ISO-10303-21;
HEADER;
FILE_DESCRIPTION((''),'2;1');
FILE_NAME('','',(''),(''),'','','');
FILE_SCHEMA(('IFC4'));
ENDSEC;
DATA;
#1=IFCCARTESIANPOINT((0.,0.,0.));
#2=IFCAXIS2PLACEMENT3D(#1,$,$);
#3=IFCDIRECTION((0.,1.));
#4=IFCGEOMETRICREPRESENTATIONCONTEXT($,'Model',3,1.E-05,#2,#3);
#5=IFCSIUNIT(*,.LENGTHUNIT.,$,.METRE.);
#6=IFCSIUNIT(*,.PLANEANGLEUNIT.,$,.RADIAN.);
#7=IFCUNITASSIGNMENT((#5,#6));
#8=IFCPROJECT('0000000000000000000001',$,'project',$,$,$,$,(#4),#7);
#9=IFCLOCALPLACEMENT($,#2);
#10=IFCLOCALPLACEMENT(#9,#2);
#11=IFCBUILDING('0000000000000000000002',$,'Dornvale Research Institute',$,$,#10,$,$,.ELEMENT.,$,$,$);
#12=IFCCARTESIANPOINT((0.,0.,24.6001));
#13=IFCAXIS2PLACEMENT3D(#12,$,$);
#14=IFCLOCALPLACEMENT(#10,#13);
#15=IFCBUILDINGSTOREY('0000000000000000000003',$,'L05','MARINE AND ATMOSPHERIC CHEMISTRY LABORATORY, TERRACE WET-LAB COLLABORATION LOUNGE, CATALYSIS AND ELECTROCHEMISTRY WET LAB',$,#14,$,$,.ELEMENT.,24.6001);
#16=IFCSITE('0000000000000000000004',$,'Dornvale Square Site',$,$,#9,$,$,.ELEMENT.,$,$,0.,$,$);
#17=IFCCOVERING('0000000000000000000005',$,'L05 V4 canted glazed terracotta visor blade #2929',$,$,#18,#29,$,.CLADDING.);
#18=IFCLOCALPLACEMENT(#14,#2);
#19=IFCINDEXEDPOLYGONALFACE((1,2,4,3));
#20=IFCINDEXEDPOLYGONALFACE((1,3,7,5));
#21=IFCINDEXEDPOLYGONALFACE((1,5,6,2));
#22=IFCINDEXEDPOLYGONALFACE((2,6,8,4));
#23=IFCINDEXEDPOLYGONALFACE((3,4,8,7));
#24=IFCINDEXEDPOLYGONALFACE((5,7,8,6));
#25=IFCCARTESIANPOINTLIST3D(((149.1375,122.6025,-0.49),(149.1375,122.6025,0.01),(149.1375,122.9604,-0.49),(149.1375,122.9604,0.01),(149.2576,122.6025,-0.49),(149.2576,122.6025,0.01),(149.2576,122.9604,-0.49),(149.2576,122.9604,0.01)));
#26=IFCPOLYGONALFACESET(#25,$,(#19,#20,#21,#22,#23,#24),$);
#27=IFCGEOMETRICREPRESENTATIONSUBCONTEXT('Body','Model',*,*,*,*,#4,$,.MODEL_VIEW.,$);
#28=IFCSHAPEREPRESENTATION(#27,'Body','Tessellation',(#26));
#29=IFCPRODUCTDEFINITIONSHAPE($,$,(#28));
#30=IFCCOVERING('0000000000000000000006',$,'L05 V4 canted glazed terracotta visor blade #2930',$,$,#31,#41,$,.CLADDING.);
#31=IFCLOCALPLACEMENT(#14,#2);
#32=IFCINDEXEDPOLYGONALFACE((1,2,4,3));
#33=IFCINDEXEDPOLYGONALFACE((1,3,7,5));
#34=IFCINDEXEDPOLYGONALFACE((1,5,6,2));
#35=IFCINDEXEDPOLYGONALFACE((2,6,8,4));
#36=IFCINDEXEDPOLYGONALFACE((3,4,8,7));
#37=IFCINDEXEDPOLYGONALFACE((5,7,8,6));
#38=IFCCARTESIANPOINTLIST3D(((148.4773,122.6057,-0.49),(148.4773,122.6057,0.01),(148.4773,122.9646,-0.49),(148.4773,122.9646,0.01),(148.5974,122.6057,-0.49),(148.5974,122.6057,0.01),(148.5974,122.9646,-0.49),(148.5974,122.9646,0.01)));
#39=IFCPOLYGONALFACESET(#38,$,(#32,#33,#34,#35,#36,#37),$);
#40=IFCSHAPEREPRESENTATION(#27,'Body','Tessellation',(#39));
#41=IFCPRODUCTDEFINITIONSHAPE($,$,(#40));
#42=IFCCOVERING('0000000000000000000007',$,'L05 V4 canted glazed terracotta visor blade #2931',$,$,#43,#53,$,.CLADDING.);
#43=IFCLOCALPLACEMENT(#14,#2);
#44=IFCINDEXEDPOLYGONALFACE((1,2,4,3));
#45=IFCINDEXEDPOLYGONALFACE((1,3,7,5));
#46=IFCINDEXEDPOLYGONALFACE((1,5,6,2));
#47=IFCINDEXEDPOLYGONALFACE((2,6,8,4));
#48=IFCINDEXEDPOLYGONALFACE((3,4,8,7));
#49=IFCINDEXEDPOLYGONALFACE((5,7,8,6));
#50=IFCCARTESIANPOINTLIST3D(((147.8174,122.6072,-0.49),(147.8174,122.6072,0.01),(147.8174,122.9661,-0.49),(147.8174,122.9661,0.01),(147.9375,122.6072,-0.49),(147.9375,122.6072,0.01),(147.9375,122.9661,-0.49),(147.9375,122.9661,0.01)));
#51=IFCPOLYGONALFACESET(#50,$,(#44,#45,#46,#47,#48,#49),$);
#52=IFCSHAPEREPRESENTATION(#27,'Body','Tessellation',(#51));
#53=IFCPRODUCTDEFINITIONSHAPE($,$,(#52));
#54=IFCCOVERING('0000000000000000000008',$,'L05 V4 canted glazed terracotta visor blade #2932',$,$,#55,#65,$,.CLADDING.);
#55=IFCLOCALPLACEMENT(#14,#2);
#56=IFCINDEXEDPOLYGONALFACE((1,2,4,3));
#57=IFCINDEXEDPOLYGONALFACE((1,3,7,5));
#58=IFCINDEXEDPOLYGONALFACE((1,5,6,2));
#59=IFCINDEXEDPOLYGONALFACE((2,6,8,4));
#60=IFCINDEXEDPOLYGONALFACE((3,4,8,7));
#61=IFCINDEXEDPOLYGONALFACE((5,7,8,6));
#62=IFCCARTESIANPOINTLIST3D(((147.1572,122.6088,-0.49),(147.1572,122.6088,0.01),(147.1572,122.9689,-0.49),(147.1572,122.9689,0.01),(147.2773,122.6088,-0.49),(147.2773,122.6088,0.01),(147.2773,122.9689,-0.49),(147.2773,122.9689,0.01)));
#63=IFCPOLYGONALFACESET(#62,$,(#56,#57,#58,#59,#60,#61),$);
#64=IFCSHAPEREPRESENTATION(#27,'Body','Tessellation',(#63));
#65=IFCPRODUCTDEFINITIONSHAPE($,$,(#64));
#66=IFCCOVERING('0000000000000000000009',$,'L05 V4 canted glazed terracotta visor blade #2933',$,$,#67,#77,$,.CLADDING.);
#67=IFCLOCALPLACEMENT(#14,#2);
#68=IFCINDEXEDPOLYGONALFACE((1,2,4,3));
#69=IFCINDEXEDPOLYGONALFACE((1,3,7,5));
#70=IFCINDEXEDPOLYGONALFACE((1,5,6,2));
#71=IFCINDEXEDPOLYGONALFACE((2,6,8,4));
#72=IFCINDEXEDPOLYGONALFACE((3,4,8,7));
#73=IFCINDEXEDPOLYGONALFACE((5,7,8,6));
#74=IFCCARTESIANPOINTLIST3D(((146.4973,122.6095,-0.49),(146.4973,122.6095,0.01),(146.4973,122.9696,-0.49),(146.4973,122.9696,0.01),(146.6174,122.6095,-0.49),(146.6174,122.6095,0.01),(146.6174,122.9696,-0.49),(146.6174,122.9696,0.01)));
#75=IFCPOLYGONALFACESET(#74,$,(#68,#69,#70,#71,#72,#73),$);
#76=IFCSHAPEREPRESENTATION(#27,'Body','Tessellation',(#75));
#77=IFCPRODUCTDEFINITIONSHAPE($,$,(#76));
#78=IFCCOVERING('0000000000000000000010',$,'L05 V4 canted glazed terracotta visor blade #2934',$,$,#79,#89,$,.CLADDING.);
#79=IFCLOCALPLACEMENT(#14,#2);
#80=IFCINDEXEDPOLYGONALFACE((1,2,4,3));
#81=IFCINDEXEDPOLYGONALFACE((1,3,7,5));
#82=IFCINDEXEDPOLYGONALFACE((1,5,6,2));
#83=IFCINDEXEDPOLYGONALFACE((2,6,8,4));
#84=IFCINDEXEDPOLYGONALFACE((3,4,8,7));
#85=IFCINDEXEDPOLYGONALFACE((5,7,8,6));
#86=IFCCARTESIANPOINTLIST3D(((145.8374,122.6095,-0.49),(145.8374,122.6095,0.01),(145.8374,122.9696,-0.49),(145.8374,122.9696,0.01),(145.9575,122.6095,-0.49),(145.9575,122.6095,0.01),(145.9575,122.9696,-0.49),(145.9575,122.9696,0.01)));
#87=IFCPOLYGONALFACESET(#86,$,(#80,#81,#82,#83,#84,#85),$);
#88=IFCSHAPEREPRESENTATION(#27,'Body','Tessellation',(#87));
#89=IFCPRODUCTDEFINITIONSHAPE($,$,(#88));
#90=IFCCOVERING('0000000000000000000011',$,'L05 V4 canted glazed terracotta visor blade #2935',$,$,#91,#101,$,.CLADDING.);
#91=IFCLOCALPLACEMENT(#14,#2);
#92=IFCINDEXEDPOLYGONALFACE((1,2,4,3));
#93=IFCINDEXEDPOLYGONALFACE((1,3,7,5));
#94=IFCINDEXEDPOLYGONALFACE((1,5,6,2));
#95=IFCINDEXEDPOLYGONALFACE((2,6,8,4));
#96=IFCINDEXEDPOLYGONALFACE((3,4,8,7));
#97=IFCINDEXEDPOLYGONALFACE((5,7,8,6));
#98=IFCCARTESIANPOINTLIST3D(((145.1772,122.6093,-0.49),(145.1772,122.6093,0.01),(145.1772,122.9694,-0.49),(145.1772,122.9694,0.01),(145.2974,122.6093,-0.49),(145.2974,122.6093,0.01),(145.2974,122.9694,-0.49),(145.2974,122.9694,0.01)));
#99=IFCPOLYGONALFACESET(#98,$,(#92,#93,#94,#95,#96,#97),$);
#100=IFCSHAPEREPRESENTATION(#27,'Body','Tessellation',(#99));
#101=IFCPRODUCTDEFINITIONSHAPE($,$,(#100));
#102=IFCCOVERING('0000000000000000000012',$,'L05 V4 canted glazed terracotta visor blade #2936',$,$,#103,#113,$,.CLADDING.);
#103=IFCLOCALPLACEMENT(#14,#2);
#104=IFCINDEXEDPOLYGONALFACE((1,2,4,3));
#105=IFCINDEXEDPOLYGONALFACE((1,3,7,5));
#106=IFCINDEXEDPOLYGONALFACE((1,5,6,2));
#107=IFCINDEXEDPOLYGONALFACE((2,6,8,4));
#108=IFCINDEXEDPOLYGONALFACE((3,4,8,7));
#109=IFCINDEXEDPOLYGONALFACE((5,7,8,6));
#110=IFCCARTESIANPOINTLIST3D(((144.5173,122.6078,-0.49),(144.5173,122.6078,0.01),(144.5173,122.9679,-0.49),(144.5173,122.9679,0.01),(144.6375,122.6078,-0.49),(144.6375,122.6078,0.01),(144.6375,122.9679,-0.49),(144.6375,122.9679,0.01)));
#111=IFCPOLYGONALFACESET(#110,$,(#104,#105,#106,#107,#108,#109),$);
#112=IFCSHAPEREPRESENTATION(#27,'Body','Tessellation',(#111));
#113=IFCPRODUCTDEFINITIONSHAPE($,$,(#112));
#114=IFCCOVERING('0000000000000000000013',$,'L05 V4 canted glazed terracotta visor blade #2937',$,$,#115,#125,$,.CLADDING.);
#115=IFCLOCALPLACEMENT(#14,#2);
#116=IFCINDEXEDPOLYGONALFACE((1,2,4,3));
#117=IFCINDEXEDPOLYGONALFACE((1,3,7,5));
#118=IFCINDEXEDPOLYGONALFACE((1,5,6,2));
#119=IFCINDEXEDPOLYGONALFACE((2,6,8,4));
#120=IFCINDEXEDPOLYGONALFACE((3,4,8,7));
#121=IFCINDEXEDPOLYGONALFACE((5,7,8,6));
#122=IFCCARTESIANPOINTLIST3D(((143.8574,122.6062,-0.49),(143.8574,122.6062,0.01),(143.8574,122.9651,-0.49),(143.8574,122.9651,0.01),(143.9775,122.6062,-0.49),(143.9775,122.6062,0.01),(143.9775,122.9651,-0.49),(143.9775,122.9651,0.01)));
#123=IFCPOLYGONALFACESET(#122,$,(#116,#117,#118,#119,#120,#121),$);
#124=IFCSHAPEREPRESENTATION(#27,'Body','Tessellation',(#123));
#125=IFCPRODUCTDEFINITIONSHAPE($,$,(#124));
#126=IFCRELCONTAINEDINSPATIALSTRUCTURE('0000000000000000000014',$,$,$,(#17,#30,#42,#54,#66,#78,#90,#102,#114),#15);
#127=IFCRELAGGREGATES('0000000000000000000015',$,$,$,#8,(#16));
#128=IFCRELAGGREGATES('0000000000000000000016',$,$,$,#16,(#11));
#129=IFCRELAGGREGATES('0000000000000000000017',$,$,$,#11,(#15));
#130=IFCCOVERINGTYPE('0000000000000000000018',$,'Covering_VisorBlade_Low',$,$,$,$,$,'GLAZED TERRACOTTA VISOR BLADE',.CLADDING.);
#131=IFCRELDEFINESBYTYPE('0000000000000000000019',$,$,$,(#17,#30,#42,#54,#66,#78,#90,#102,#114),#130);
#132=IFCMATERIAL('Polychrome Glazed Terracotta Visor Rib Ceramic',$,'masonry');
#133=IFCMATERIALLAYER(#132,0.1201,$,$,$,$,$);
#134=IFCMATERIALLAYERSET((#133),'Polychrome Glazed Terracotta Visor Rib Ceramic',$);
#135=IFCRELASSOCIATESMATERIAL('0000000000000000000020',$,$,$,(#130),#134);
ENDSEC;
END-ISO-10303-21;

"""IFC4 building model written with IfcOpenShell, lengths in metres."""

from ifc_helpers import new_model, si_unit, direction, frame, origin, origin_2d, place, context, subcontext, project, spatial, rectangle, extrude, material, layer, layer_set, type_object, element, save


model = new_model("IFC4")

# Units and contexts
model_context = context("Model", 3, precision=1e-05, world=origin(), true_north=direction((0.0, 1.0)))
body_context = subcontext(model_context, "Body", "Model", "MODEL_VIEW")
ifc_project = project(units=[si_unit("LENGTHUNIT", "METRE"), si_unit("PLANEANGLEUNIT", "RADIAN")], contexts=[model_context])

# Site, building, storey
site_placement = place(None, origin())
site = spatial("IfcSite", under=ifc_project, at=site_placement, Name="Dornvale Square Site", CompositionType="ELEMENT", RefElevation=0.0)
building_placement = place(site_placement, origin())
building = spatial("IfcBuilding", under=site, at=building_placement, Name="Dornvale Research Institute", CompositionType="ELEMENT")
storey_placement = place(building_placement, frame((0.0, 0.0, 24.6001)))
storey = spatial("IfcBuildingStorey", under=building, at=storey_placement, Name="L05", Description="MARINE AND ATMOSPHERIC CHEMISTRY LABORATORY, TERRACE WET-LAB COLLABORATION LOUNGE, CATALYSIS AND ELECTROCHEMISTRY WET LAB", CompositionType="ELEMENT", Elevation=24.6001)

# Coverings
ifc_material_1 = material(Name="Polychrome Glazed Terracotta Visor Rib Ceramic", Category="masonry")
ifc_layer_1 = layer(ifc_material_1, 0.1201)
ifc_layer_set_1 = layer_set([ifc_layer_1], Name="Polychrome Glazed Terracotta Visor Rib Ceramic")
covering_type = type_object("IfcCoveringType", Name="Covering_VisorBlade_Low", ElementType="GLAZED TERRACOTTA VISOR BLADE", PredefinedType="CLADDING", material=ifc_layer_set_1)
covering_1_placement = place(storey_placement, frame((149.1975, 122.7815, -0.49), z_axis=(0.0, 0.0, 1.0), x_axis=(0.0, 1.0, 0.0)))
element("IfcCovering", 1, at=covering_1_placement, inside=storey, type_object=covering_type, Name="L05 V4 canted glazed terracotta visor blade #2929", PredefinedType="CLADDING", context=body_context, shape_type="SweptSolid", body=[
    extrude(rectangle(XDim=0.3579, YDim=0.1201, at=origin_2d()), origin(), (0.0, 0.0, 1.0), 0.5),
])
for number, where, z_axis, x_axis, name in (
    (2, (148.5374, 122.7852, -0.49), (0.0, 0.0, 1.0), (0.0, 1.0, 0.0), "L05 V4 canted glazed terracotta visor blade #2930"),
    (3, (147.8774, 122.7866, -0.49), (0.0, 0.0, 1.0), (0.0, 1.0, 0.0), "L05 V4 canted glazed terracotta visor blade #2931"),
):
    element("IfcCovering", number, at=place(storey_placement, frame(where, z_axis=z_axis, x_axis=x_axis)), inside=storey, type_object=covering_type, Name=name, PredefinedType="CLADDING", context=body_context, shape_type="SweptSolid", body=[
        extrude(rectangle(XDim=0.3589, YDim=0.1201, at=origin_2d()), origin(), (0.0, 0.0, 1.0), 0.5),
    ])
for number, where, z_axis, x_axis, name in (
    (4, (147.2173, 122.7888, -0.49), (0.0, 0.0, 1.0), (0.0, 1.0, 0.0), "L05 V4 canted glazed terracotta visor blade #2932"),
    (5, (146.5574, 122.7896, -0.49), (0.0, 0.0, 1.0), (0.0, 1.0, 0.0), "L05 V4 canted glazed terracotta visor blade #2933"),
    (6, (145.8975, 122.7896, -0.49), (0.0, 0.0, 1.0), (0.0, 1.0, 0.0), "L05 V4 canted glazed terracotta visor blade #2934"),
    (7, (145.2373, 122.7893, -0.49), (0.0, 0.0, 1.0), (0.0, 1.0, 0.0), "L05 V4 canted glazed terracotta visor blade #2935"),
    (8, (144.5774, 122.7878, -0.49), (0.0, 0.0, 1.0), (0.0, 1.0, 0.0), "L05 V4 canted glazed terracotta visor blade #2936"),
):
    element("IfcCovering", number, at=place(storey_placement, frame(where, z_axis=z_axis, x_axis=x_axis)), inside=storey, type_object=covering_type, Name=name, PredefinedType="CLADDING", context=body_context, shape_type="SweptSolid", body=[
        extrude(rectangle(XDim=0.3601, YDim=0.1201, at=origin_2d()), origin(), (0.0, 0.0, 1.0), 0.5),
    ])
covering_2_placement = place(storey_placement, frame((143.9175, 122.7856, -0.49), z_axis=(0.0, 0.0, 1.0), x_axis=(0.0, 1.0, 0.0)))
element("IfcCovering", 9, at=covering_2_placement, inside=storey, type_object=covering_type, Name="L05 V4 canted glazed terracotta visor blade #2937", PredefinedType="CLADDING", context=body_context, shape_type="SweptSolid", body=[
    extrude(rectangle(XDim=0.3589, YDim=0.1201, at=origin_2d()), origin(), (0.0, 0.0, 1.0), 0.5),
])

save(model, "model.ifc")
